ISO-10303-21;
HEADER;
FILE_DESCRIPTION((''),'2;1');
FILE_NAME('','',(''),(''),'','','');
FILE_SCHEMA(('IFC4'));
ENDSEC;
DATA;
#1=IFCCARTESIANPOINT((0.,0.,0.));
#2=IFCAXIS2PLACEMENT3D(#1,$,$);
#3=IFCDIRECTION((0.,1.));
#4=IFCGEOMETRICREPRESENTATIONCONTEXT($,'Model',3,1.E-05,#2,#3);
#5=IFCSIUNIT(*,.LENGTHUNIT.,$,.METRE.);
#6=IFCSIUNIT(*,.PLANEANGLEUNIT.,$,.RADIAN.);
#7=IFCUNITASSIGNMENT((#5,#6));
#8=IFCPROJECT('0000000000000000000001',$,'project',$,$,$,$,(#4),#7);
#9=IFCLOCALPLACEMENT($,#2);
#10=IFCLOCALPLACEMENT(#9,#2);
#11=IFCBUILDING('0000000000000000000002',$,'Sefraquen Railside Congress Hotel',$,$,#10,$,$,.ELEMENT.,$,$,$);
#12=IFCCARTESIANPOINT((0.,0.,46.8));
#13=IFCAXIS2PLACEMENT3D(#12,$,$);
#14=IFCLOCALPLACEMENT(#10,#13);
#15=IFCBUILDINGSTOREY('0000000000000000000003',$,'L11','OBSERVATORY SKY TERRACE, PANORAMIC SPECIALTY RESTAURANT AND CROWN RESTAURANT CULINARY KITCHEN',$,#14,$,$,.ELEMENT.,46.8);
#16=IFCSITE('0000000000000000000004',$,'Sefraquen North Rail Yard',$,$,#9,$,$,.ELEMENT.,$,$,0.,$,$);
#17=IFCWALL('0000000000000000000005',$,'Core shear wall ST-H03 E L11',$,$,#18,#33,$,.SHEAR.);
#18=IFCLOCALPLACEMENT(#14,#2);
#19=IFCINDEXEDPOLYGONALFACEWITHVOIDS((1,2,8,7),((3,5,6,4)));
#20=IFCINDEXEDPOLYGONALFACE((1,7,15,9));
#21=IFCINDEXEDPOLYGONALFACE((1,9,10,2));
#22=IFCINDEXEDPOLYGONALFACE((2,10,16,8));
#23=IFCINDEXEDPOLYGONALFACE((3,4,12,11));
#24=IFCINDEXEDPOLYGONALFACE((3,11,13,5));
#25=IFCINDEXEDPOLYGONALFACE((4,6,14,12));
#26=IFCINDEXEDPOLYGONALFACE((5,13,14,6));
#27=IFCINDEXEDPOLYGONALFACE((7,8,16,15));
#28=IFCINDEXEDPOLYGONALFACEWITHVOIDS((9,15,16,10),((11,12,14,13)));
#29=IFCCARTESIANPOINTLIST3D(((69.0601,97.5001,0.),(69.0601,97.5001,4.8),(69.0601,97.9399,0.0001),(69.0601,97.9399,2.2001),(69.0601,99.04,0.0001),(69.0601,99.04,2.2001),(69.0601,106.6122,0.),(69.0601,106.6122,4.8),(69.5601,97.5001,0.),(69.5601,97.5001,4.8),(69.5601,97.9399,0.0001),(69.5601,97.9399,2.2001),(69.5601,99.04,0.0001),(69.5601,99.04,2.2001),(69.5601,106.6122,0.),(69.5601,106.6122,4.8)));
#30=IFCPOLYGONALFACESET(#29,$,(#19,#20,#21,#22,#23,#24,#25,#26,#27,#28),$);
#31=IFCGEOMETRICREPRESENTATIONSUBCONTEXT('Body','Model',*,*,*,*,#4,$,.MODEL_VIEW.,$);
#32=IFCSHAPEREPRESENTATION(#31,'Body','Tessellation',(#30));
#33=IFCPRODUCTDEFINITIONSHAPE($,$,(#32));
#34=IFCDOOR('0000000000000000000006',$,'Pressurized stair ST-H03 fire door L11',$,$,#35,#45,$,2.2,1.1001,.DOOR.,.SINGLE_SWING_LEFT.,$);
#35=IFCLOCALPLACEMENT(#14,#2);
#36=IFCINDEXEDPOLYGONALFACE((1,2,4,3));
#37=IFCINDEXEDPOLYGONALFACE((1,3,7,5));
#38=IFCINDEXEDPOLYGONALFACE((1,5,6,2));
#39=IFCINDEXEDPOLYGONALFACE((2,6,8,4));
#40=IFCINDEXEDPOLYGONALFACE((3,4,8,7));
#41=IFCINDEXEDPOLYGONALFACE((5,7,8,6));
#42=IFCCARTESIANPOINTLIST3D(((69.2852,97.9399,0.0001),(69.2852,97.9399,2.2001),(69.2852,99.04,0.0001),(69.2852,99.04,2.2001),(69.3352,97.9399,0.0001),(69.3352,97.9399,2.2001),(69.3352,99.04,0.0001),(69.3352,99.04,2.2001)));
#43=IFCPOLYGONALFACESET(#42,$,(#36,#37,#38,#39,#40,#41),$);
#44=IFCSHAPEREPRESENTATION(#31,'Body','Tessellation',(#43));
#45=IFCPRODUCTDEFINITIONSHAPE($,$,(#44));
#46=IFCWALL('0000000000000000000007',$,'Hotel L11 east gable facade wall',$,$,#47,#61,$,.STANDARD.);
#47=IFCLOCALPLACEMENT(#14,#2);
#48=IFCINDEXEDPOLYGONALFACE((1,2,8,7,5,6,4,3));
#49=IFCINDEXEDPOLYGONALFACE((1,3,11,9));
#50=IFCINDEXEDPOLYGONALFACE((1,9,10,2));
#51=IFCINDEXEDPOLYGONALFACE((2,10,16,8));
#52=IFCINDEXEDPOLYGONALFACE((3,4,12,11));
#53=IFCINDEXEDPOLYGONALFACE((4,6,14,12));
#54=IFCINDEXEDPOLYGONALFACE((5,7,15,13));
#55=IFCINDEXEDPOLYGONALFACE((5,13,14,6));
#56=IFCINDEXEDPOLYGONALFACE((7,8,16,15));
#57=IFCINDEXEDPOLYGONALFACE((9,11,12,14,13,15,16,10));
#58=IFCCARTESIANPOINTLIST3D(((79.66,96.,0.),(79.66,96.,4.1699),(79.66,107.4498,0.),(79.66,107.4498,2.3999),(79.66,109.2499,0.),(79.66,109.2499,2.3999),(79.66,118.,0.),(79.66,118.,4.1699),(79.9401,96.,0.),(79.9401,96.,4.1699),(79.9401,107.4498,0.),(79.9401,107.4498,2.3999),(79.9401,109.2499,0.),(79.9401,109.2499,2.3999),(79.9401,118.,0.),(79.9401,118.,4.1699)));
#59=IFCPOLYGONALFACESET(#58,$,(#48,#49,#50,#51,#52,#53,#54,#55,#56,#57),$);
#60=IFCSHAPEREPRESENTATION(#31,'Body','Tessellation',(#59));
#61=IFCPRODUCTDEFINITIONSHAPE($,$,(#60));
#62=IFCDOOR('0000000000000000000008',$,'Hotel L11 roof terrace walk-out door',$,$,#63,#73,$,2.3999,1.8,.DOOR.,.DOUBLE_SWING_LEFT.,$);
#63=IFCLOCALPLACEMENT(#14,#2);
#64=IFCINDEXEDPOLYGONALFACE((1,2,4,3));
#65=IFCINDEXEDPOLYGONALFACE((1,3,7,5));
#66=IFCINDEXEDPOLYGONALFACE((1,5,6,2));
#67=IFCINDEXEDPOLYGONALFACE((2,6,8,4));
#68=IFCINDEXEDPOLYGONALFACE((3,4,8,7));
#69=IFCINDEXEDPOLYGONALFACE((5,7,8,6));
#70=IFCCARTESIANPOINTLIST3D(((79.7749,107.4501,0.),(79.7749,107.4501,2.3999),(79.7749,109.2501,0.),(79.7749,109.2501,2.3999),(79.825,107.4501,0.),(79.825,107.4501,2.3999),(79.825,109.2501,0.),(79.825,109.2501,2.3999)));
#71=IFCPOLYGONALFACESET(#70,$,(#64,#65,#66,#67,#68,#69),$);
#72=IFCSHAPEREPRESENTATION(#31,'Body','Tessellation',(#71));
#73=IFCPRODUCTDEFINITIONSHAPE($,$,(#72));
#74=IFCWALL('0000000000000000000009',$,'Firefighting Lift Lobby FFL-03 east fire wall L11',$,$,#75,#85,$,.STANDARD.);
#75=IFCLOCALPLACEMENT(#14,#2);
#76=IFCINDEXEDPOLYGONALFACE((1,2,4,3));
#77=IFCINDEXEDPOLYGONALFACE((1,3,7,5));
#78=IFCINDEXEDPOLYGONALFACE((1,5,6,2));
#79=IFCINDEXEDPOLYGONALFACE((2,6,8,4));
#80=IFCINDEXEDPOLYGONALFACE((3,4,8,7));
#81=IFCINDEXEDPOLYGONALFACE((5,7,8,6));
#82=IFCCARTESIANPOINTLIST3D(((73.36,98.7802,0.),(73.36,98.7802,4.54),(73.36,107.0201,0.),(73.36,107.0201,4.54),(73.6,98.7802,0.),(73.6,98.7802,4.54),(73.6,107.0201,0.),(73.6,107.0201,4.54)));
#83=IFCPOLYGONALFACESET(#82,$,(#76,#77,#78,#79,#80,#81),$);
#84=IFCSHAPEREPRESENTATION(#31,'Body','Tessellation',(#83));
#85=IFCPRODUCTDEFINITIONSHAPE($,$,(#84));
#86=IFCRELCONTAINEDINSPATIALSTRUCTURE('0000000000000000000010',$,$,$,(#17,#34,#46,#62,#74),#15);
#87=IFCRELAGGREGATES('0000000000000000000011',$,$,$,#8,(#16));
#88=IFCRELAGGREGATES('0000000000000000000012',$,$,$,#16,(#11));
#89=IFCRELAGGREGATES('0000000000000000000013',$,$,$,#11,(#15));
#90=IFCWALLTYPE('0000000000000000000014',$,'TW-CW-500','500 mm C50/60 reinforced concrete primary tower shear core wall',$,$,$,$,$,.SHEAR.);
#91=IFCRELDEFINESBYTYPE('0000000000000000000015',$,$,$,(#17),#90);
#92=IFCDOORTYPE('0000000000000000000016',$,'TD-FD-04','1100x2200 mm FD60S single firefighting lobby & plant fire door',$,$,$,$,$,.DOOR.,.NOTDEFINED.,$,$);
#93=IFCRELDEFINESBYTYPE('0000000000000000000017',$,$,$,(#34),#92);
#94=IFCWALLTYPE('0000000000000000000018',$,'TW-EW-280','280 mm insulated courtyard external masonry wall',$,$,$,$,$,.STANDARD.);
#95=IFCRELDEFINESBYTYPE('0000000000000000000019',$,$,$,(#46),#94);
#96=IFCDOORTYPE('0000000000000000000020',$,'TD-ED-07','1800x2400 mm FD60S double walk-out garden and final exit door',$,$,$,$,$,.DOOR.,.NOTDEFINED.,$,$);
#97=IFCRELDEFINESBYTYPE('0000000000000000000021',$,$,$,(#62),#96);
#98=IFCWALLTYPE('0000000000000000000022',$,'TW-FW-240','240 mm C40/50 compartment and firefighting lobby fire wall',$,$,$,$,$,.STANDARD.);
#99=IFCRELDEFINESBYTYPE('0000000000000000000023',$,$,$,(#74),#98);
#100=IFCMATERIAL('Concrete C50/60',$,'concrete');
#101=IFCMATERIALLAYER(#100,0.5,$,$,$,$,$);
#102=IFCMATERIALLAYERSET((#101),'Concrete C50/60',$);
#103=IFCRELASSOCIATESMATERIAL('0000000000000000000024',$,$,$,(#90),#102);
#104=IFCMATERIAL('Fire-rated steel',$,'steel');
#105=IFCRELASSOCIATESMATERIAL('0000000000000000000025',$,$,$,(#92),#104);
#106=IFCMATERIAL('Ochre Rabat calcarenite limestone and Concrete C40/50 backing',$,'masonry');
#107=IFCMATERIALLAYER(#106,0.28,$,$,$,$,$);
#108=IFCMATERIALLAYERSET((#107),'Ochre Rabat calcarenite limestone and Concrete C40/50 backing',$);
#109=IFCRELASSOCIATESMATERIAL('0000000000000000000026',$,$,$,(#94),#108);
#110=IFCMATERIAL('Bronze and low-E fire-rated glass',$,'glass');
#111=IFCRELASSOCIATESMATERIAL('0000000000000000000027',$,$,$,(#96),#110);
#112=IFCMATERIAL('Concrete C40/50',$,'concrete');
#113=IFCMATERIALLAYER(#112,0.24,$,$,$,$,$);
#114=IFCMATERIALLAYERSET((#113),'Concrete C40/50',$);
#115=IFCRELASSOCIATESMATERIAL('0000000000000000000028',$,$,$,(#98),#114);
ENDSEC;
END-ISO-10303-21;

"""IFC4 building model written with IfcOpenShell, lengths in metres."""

from ifc_helpers import new_model, si_unit, direction, frame, frame_2d, origin, place, context, subcontext, project, spatial, rectangle, extrude, material, layer, layer_set, type_object, element, fill, save


model = new_model("IFC4")

# Units and contexts
model_context = context("Model", 3, precision=1e-05, world=origin(), true_north=direction((0.0, 1.0)))
body_context = subcontext(model_context, "Body", "Model", "MODEL_VIEW")
ifc_project = project(units=[si_unit("LENGTHUNIT", "METRE"), si_unit("PLANEANGLEUNIT", "RADIAN")], contexts=[model_context])

# Site, building, storey
site_placement = place(None, origin())
site = spatial("IfcSite", under=ifc_project, at=site_placement, Name="Sefraquen North Rail Yard", CompositionType="ELEMENT", RefElevation=0.0)
building_placement = place(site_placement, origin())
building = spatial("IfcBuilding", under=site, at=building_placement, Name="Sefraquen Railside Congress Hotel", CompositionType="ELEMENT")
storey_placement = place(building_placement, frame((0.0, 0.0, 46.8)))
storey = spatial("IfcBuildingStorey", under=building, at=storey_placement, Name="L11", Description="OBSERVATORY SKY TERRACE, PANORAMIC SPECIALTY RESTAURANT AND CROWN RESTAURANT CULINARY KITCHEN", CompositionType="ELEMENT", Elevation=46.8)

# Shared definitions
ifc_material_1 = material(Name="Concrete C50/60", Category="concrete")

# Walls, openings, doors
ifc_layer_1 = layer(ifc_material_1, 0.5)
ifc_layer_set_1 = layer_set([ifc_layer_1], Name="Concrete C50/60")
wall_type_1 = type_object("IfcWallType", Name="TW-CW-500", Description="500 mm C50/60 reinforced concrete primary tower shear core wall", PredefinedType="SHEAR", material=ifc_layer_set_1)
wall_1_placement = place(storey_placement, frame((69.3101, 97.5, 0.0), z_axis=(0.0, 0.0, 1.0), x_axis=(0.0, 1.0, 0.0)))
wall_1 = element("IfcWall", 1, at=wall_1_placement, inside=storey, type_object=wall_type_1, Name="Core shear wall ST-H03 E L11", PredefinedType="SHEAR", context=body_context, shape_type="SweptSolid", body=[
    extrude(rectangle(XDim=9.1121, YDim=0.5, at=frame_2d((4.5562, 0.0))), origin(), (0.0, 0.0, 1.0), 4.8),
])
opening_1_placement = place(wall_1_placement, frame((0.4399, 0.0, 0.0)))
opening_1 = element("IfcOpeningElement", 2, at=opening_1_placement, cuts=wall_1, PredefinedType="OPENING", context=body_context, shape_type="SweptSolid", body=[
    extrude(rectangle(XDim=1.1001, YDim=2.2, at=frame_2d((0.55, 1.1001))), frame((0.0, 0.26, 0.0), z_axis=(0.0, -1.0, 0.0), x_axis=(1.0, 0.0, 0.0)), (0.0, 0.0, 1.0), 0.52),
])
ifc_material_2 = material(Name="Fire-rated steel", Category="steel")
door_type_1 = type_object("IfcDoorType", Name="TD-FD-04", Description="1100x2200 mm FD60S single firefighting lobby & plant fire door", OperationType="NOTDEFINED", PredefinedType="DOOR", material=ifc_material_2)
door_1_placement = place(opening_1_placement, origin())
door_1 = element("IfcDoor", 3, at=door_1_placement, inside=storey, type_object=door_type_1, Name="Pressurized stair ST-H03 fire door L11", OperationType="SINGLE_SWING_LEFT", OverallHeight=2.2, OverallWidth=1.1001, PredefinedType="DOOR", context=body_context, shape_type="SweptSolid", body=[
    extrude(rectangle(XDim=1.1001, YDim=2.2, at=frame_2d((0.55, 1.1001))), frame((0.0, 0.0249, 0.0), z_axis=(0.0, -1.0, 0.0), x_axis=(1.0, 0.0, 0.0)), (0.0, 0.0, 1.0), 0.05),
])
fill(opening_1, door_1)
ifc_material_3 = material(Name="Ochre Rabat calcarenite limestone and Concrete C40/50 backing", Category="masonry")
ifc_layer_2 = layer(ifc_material_3, 0.28)
ifc_layer_set_2 = layer_set([ifc_layer_2], Name="Ochre Rabat calcarenite limestone and Concrete C40/50 backing")
wall_type_2 = type_object("IfcWallType", Name="TW-EW-280", Description="280 mm insulated courtyard external masonry wall", PredefinedType="STANDARD", material=ifc_layer_set_2)
wall_2_placement = place(storey_placement, frame((79.8, 96.0, 0.0), z_axis=(0.0, 0.0, 1.0), x_axis=(0.0, 1.0, 0.0)))
wall_2 = element("IfcWall", 4, at=wall_2_placement, inside=storey, type_object=wall_type_2, Name="Hotel L11 east gable facade wall", PredefinedType="STANDARD", context=body_context, shape_type="SweptSolid", body=[
    extrude(rectangle(XDim=22.0, YDim=0.28, at=frame_2d((11.0, 0.0))), origin(), (0.0, 0.0, 1.0), 4.1699),
])
opening_2_placement = place(wall_2_placement, frame((11.45, 0.0, 0.0)))
opening_2 = element("IfcOpeningElement", 5, at=opening_2_placement, cuts=wall_2, PredefinedType="OPENING", context=body_context, shape_type="SweptSolid", body=[
    extrude(rectangle(XDim=1.8, YDim=2.3999, at=frame_2d((0.8999, 1.2))), frame((0.0, 0.1499, 0.0), z_axis=(0.0, -1.0, 0.0), x_axis=(1.0, 0.0, 0.0)), (0.0, 0.0, 1.0), 0.3),
])
ifc_material_4 = material(Name="Bronze and low-E fire-rated glass", Category="glass")
door_type_2 = type_object("IfcDoorType", Name="TD-ED-07", Description="1800x2400 mm FD60S double walk-out garden and final exit door", OperationType="NOTDEFINED", PredefinedType="DOOR", material=ifc_material_4)
door_2_placement = place(opening_2_placement, frame((1.8, 0.0, 0.0), z_axis=(0.0, 0.0, 1.0), x_axis=(-1.0, 0.0, 0.0)))
door_2 = element("IfcDoor", 6, at=door_2_placement, inside=storey, type_object=door_type_2, Name="Hotel L11 roof terrace walk-out door", OperationType="DOUBLE_SWING_LEFT", OverallHeight=2.3999, OverallWidth=1.8, PredefinedType="DOOR", context=body_context, shape_type="SweptSolid", body=[
    extrude(rectangle(XDim=1.8, YDim=2.3999, at=frame_2d((0.8999, 1.2))), frame((0.0, 0.0249, 0.0), z_axis=(0.0, -1.0, 0.0), x_axis=(1.0, 0.0, 0.0)), (0.0, 0.0, 1.0), 0.05),
])
fill(opening_2, door_2)

# Wall
ifc_material_5 = material(Name="Concrete C40/50", Category="concrete")
ifc_layer_3 = layer(ifc_material_5, 0.24)
ifc_layer_set_3 = layer_set([ifc_layer_3], Name="Concrete C40/50")
wall_type_3 = type_object("IfcWallType", Name="TW-FW-240", Description="240 mm C40/50 compartment and firefighting lobby fire wall", PredefinedType="STANDARD", material=ifc_layer_set_3)
wall_3_placement = place(storey_placement, frame((73.48, 98.78, 0.0), z_axis=(0.0, 0.0, 1.0), x_axis=(0.0, 1.0, 0.0)))
element("IfcWall", 7, at=wall_3_placement, inside=storey, type_object=wall_type_3, Name="Firefighting Lift Lobby FFL-03 east fire wall L11", PredefinedType="STANDARD", context=body_context, shape_type="SweptSolid", body=[
    extrude(rectangle(XDim=8.24, YDim=0.24, at=frame_2d((4.1201, 0.0))), origin(), (0.0, 0.0, 1.0), 4.54),
])

save(model, "model.ifc")
